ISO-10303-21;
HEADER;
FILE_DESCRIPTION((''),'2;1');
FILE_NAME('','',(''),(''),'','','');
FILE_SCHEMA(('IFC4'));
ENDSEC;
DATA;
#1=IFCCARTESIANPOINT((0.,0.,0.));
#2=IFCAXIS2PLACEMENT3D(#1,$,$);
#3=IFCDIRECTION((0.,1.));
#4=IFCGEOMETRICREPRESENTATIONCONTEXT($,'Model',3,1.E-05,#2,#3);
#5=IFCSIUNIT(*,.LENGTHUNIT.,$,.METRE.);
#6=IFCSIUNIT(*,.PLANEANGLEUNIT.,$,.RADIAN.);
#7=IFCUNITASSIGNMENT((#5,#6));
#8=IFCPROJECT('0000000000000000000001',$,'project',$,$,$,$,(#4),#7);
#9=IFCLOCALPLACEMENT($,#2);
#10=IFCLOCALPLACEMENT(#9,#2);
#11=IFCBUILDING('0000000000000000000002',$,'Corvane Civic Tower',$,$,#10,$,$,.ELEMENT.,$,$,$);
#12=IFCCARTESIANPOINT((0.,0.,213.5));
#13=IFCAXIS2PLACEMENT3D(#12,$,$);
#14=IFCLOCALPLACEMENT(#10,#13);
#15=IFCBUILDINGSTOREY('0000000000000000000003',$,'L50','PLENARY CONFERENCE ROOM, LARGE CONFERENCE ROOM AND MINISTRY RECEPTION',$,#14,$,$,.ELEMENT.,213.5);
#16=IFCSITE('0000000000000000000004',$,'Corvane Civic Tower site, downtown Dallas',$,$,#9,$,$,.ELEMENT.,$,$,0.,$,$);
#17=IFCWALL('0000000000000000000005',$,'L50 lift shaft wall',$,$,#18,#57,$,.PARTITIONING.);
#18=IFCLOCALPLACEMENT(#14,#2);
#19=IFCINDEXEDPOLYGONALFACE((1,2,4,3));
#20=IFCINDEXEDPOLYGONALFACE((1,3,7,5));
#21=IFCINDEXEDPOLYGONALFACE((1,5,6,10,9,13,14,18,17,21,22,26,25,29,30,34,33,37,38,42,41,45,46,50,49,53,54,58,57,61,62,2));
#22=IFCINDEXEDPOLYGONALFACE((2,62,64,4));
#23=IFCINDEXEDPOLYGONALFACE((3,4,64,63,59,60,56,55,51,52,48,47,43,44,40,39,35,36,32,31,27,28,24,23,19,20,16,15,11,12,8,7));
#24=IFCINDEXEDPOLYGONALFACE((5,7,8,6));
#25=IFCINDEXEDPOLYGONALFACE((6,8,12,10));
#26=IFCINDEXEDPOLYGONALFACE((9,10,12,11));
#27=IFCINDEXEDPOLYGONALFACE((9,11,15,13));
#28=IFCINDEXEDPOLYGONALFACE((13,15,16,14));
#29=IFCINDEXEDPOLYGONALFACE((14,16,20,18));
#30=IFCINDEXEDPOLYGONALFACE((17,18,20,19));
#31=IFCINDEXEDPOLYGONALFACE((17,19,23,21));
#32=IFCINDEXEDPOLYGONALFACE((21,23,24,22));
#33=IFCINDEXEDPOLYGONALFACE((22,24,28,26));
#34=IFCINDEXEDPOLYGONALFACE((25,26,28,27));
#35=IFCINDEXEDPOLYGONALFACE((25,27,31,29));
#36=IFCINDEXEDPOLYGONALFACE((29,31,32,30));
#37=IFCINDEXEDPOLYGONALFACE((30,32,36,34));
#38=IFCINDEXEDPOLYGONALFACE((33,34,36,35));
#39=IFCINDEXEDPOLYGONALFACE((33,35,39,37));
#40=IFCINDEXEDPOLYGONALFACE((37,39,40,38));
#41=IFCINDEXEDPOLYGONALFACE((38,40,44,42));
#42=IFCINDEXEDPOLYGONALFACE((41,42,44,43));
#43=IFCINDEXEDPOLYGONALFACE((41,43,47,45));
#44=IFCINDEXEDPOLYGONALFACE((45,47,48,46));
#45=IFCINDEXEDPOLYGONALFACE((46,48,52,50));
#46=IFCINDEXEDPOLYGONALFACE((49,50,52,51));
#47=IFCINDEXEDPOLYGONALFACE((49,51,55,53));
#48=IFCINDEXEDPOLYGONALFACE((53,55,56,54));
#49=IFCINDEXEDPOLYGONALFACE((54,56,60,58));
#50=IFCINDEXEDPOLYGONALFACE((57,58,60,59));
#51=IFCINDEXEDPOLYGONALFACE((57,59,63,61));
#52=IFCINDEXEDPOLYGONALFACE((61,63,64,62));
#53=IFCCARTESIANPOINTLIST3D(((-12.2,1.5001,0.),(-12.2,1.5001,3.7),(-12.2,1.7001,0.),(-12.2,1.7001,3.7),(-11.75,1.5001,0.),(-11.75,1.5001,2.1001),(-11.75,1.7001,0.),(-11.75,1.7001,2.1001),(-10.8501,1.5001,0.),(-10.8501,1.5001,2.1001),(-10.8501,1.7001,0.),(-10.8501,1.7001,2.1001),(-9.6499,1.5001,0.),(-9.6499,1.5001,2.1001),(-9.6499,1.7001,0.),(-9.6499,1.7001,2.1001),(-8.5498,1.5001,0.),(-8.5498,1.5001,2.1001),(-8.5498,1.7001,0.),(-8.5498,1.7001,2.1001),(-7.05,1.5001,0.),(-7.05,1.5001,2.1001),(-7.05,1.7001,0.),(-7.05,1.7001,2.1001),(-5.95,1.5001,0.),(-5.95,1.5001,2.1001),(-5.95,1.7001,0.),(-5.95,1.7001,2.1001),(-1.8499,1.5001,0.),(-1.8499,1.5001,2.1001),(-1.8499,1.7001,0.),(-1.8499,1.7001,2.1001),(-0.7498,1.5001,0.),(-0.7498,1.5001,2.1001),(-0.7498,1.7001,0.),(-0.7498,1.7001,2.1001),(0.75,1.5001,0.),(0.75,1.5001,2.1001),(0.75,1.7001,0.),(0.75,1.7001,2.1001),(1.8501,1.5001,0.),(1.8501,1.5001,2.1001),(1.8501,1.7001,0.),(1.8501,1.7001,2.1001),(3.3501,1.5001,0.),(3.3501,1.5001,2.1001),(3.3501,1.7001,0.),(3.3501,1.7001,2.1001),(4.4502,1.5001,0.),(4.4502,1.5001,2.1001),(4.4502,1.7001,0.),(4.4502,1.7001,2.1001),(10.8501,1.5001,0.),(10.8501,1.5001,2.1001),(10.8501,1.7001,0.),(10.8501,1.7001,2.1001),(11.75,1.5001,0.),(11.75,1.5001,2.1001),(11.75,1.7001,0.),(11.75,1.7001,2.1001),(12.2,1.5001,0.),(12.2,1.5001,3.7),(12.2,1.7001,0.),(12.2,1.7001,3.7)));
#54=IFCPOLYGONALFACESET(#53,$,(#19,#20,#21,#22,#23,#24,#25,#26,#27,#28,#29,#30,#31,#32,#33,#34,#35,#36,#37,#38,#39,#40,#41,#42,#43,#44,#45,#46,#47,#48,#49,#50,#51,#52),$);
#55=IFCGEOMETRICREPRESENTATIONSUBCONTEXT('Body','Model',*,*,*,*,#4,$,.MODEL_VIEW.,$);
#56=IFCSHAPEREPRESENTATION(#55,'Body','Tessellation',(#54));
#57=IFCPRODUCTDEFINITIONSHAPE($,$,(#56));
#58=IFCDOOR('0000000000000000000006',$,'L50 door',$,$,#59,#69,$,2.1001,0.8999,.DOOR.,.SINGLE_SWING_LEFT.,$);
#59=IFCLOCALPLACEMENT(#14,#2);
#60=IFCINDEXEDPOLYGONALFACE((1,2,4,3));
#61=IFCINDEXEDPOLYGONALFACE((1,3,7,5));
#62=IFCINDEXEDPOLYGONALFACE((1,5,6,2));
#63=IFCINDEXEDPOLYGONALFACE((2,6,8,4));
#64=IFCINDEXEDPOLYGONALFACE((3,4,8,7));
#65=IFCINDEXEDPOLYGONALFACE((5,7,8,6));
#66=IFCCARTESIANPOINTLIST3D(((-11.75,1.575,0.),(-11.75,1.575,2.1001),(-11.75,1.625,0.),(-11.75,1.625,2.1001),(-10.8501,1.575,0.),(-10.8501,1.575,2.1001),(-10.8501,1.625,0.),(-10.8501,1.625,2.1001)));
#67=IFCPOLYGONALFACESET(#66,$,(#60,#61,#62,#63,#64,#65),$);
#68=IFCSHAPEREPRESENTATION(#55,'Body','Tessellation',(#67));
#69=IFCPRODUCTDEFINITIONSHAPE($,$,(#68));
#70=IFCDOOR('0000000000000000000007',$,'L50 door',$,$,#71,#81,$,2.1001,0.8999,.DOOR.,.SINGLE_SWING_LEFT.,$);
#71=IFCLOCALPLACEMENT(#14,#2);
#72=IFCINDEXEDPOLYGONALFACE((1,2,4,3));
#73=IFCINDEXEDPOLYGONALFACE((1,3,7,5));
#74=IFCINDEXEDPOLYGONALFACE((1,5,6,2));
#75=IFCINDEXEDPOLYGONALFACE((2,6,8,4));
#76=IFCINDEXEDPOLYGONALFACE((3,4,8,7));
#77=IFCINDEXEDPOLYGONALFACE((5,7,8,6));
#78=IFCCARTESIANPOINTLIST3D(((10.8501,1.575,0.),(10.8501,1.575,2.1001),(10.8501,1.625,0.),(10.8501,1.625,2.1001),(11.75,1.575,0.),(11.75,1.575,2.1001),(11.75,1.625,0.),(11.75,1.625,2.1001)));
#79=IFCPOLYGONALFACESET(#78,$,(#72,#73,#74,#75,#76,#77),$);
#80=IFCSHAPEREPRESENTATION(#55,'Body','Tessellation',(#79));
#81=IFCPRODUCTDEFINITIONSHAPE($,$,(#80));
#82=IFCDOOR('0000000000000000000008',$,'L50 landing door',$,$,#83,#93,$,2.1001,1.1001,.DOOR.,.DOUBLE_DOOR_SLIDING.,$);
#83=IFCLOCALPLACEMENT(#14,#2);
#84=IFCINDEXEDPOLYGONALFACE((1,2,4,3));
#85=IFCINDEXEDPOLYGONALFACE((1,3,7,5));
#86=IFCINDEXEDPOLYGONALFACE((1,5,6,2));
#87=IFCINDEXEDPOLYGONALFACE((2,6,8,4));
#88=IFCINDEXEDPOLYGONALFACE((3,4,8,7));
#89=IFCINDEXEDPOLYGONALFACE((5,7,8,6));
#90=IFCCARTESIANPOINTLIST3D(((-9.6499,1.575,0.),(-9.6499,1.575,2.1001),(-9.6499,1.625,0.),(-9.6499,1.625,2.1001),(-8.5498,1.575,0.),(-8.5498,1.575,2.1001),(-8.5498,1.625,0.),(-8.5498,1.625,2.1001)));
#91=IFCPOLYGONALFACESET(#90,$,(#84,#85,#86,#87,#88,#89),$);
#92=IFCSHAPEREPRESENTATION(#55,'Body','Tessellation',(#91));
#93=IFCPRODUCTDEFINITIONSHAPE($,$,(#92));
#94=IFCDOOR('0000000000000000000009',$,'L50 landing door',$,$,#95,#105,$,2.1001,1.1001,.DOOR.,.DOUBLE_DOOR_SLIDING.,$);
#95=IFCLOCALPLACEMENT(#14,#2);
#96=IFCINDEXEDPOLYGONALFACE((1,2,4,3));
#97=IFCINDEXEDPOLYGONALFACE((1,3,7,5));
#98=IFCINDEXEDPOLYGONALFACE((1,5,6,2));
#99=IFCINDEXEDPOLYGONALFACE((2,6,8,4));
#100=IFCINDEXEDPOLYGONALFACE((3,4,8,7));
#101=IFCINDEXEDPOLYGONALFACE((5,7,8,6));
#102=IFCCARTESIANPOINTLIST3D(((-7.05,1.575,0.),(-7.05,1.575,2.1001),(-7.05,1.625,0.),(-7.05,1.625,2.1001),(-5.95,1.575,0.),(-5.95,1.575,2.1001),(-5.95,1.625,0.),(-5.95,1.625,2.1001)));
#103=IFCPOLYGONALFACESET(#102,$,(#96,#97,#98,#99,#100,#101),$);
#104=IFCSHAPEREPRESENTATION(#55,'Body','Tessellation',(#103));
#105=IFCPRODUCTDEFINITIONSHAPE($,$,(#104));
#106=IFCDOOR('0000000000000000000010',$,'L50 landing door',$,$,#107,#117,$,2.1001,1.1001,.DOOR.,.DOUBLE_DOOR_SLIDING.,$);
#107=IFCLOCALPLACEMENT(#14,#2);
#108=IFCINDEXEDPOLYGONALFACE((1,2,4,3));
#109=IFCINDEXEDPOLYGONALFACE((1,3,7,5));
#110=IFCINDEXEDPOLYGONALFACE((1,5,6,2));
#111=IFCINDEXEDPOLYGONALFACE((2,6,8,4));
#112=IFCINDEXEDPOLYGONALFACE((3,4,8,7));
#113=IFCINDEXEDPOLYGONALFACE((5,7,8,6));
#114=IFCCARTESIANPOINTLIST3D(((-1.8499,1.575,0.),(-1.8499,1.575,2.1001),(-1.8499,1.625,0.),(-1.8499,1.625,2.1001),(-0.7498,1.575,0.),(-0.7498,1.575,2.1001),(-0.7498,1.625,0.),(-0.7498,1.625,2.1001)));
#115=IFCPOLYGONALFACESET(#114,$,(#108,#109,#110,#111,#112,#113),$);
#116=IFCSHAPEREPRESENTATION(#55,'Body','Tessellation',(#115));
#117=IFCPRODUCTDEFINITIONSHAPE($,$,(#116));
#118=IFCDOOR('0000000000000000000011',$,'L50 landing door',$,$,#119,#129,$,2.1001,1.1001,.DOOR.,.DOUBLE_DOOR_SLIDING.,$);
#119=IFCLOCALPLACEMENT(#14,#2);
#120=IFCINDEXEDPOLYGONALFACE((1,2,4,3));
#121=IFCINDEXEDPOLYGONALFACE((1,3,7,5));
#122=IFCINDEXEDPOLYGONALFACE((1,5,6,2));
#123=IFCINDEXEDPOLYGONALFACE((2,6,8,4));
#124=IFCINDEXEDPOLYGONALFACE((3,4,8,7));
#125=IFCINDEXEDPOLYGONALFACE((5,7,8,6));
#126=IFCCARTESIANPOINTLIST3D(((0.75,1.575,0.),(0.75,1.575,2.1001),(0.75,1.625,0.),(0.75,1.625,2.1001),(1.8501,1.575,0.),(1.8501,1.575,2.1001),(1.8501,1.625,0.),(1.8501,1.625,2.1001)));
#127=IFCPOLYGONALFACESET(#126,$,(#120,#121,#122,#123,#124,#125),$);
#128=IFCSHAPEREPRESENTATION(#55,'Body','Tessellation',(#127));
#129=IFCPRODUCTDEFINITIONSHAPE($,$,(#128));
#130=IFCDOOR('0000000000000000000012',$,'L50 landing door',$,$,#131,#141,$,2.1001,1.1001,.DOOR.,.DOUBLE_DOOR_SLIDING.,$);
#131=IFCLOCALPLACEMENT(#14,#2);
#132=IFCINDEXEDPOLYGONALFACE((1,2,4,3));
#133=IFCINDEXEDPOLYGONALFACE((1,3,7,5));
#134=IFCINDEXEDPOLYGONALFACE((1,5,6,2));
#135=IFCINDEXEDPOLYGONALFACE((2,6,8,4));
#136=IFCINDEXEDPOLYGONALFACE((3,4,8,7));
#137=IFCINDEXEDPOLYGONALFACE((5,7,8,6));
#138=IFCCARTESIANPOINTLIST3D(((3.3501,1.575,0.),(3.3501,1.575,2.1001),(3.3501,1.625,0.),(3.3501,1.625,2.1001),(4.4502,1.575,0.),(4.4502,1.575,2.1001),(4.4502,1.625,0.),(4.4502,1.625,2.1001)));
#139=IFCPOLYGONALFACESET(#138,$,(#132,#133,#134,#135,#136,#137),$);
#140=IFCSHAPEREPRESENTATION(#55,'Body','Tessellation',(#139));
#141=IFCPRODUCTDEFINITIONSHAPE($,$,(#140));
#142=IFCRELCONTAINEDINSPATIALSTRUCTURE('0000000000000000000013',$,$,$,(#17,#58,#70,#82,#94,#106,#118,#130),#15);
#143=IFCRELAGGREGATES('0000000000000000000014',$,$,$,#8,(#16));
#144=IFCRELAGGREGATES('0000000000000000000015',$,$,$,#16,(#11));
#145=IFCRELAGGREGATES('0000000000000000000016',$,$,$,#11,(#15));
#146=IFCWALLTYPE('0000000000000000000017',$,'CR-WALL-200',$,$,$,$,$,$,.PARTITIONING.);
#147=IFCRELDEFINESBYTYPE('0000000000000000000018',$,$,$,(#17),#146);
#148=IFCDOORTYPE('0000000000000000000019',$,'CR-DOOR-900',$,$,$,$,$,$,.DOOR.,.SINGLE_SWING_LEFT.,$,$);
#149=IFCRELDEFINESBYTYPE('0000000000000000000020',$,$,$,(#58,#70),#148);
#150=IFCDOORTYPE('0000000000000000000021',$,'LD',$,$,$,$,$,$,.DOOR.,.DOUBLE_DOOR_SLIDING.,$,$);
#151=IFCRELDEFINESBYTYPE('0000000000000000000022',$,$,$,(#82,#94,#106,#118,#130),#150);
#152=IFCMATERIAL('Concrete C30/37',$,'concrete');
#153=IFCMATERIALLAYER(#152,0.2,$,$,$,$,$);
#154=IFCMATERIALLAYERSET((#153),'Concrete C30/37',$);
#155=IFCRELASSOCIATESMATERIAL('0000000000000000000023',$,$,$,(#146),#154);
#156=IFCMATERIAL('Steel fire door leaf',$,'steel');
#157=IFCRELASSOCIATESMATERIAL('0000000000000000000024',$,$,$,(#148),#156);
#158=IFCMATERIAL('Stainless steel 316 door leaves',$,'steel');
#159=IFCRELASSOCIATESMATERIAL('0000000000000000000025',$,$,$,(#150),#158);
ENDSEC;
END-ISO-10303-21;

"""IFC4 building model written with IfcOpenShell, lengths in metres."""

from ifc_helpers import new_model, si_unit, direction, frame, frame_2d, origin, place, context, subcontext, project, spatial, rectangle, extrude, material, layer, layer_set, type_object, element, fill, save


model = new_model("IFC4")

# Units and contexts
model_context = context("Model", 3, precision=1e-05, world=origin(), true_north=direction((0.0, 1.0)))
body_context = subcontext(model_context, "Body", "Model", "MODEL_VIEW")
ifc_project = project(units=[si_unit("LENGTHUNIT", "METRE"), si_unit("PLANEANGLEUNIT", "RADIAN")], contexts=[model_context])

# Site, building, storey
site_placement = place(None, origin())
site = spatial("IfcSite", under=ifc_project, at=site_placement, Name="Corvane Civic Tower site, downtown Dallas", CompositionType="ELEMENT", RefElevation=0.0)
building_placement = place(site_placement, origin())
building = spatial("IfcBuilding", under=site, at=building_placement, Name="Corvane Civic Tower", CompositionType="ELEMENT")
storey_placement = place(building_placement, frame((0.0, 0.0, 213.5)))
storey = spatial("IfcBuildingStorey", under=building, at=storey_placement, Name="L50", Description="PLENARY CONFERENCE ROOM, LARGE CONFERENCE ROOM AND MINISTRY RECEPTION", CompositionType="ELEMENT", Elevation=213.5)

# Wall, openings, doors
ifc_material_1 = material(Name="Concrete C30/37", Category="concrete")
ifc_layer_1 = layer(ifc_material_1, 0.2)
ifc_layer_set_1 = layer_set([ifc_layer_1], Name="Concrete C30/37")
wall_type_1 = type_object("IfcWallType", Name="CR-WALL-200", PredefinedType="PARTITIONING", material=ifc_layer_set_1)
wall_1_placement = place(storey_placement, frame((-12.2, 1.6001, 0.0), z_axis=(0.0, 0.0, 1.0), x_axis=(1.0, 0.0, 0.0)))
wall_1 = element("IfcWall", 1, at=wall_1_placement, inside=storey, type_object=wall_type_1, Name="L50 lift shaft wall", PredefinedType="PARTITIONING", context=body_context, shape_type="SweptSolid", body=[
    extrude(rectangle(XDim=24.3999, YDim=0.2, at=frame_2d((12.2, 0.0))), origin(), (0.0, 0.0, 1.0), 3.7),
])
opening_1_placement = place(wall_1_placement, frame((2.55, 0.0, 0.0)))
opening_1 = element("IfcOpeningElement", 2, at=opening_1_placement, cuts=wall_1, PredefinedType="OPENING", context=body_context, shape_type="SweptSolid", body=[
    extrude(rectangle(XDim=1.1001, YDim=2.1001, at=frame_2d((0.55, 1.05))), frame((0.0, 0.1099, 0.0), z_axis=(0.0, -1.0, 0.0), x_axis=(1.0, 0.0, 0.0)), (0.0, 0.0, 1.0), 0.22),
])
opening_2_placement = place(wall_1_placement, frame((5.1499, 0.0, 0.0)))
opening_2 = element("IfcOpeningElement", 3, at=opening_2_placement, cuts=wall_1, PredefinedType="OPENING", context=body_context, shape_type="SweptSolid", body=[
    extrude(rectangle(XDim=1.1001, YDim=2.1001, at=frame_2d((0.55, 1.05))), frame((0.0, 0.1099, 0.0), z_axis=(0.0, -1.0, 0.0), x_axis=(1.0, 0.0, 0.0)), (0.0, 0.0, 1.0), 0.22),
])
opening_3_placement = place(wall_1_placement, frame((10.3501, 0.0, 0.0)))
opening_3 = element("IfcOpeningElement", 4, at=opening_3_placement, cuts=wall_1, PredefinedType="OPENING", context=body_context, shape_type="SweptSolid", body=[
    extrude(rectangle(XDim=1.1001, YDim=2.1001, at=frame_2d((0.55, 1.05))), frame((0.0, 0.1099, 0.0), z_axis=(0.0, -1.0, 0.0), x_axis=(1.0, 0.0, 0.0)), (0.0, 0.0, 1.0), 0.22),
])
opening_4_placement = place(wall_1_placement, frame((12.95, 0.0, 0.0)))
opening_4 = element("IfcOpeningElement", 5, at=opening_4_placement, cuts=wall_1, PredefinedType="OPENING", context=body_context, shape_type="SweptSolid", body=[
    extrude(rectangle(XDim=1.1001, YDim=2.1001, at=frame_2d((0.55, 1.05))), frame((0.0, 0.1099, 0.0), z_axis=(0.0, -1.0, 0.0), x_axis=(1.0, 0.0, 0.0)), (0.0, 0.0, 1.0), 0.22),
])
opening_5_placement = place(wall_1_placement, frame((15.55, 0.0, 0.0)))
opening_5 = element("IfcOpeningElement", 6, at=opening_5_placement, cuts=wall_1, PredefinedType="OPENING", context=body_context, shape_type="SweptSolid", body=[
    extrude(rectangle(XDim=1.1001, YDim=2.1001, at=frame_2d((0.55, 1.05))), frame((0.0, 0.1099, 0.0), z_axis=(0.0, -1.0, 0.0), x_axis=(1.0, 0.0, 0.0)), (0.0, 0.0, 1.0), 0.22),
])
opening_6_placement = place(wall_1_placement, frame((0.45, 0.0, 0.0)))
opening_6 = element("IfcOpeningElement", 7, at=opening_6_placement, cuts=wall_1, PredefinedType="OPENING", context=body_context, shape_type="SweptSolid", body=[
    extrude(rectangle(XDim=0.8999, YDim=2.1001, at=frame_2d((0.45, 1.05))), frame((0.0, 0.1099, 0.0), z_axis=(0.0, -1.0, 0.0), x_axis=(1.0, 0.0, 0.0)), (0.0, 0.0, 1.0), 0.22),
])
opening_7_placement = place(wall_1_placement, frame((23.05, 0.0, 0.0)))
opening_7 = element("IfcOpeningElement", 8, at=opening_7_placement, cuts=wall_1, PredefinedType="OPENING", context=body_context, shape_type="SweptSolid", body=[
    extrude(rectangle(XDim=0.8999, YDim=2.1001, at=frame_2d((0.45, 1.05))), frame((0.0, 0.1099, 0.0), z_axis=(0.0, -1.0, 0.0), x_axis=(1.0, 0.0, 0.0)), (0.0, 0.0, 1.0), 0.22),
])
ifc_material_2 = material(Name="Steel fire door leaf", Category="steel")
door_type_1 = type_object("IfcDoorType", Name="CR-DOOR-900", OperationType="SINGLE_SWING_LEFT", PredefinedType="DOOR", material=ifc_material_2)
door_1_placement = place(opening_6_placement, origin())
door_1 = element("IfcDoor", 9, at=door_1_placement, inside=storey, type_object=door_type_1, Name="L50 door", OperationType="SINGLE_SWING_LEFT", OverallHeight=2.1001, OverallWidth=0.8999, PredefinedType="DOOR", context=body_context, shape_type="SweptSolid", body=[
    extrude(rectangle(XDim=0.8999, YDim=2.1001, at=frame_2d((0.45, 1.05))), frame((0.0, 0.0249, 0.0), z_axis=(0.0, -1.0, 0.0), x_axis=(1.0, 0.0, 0.0)), (0.0, 0.0, 1.0), 0.05),
])
fill(opening_6, door_1)
door_2_placement = place(opening_7_placement, origin())
door_2 = element("IfcDoor", 10, at=door_2_placement, inside=storey, type_object=door_type_1, Name="L50 door", OperationType="SINGLE_SWING_LEFT", OverallHeight=2.1001, OverallWidth=0.8999, PredefinedType="DOOR", context=body_context, shape_type="SweptSolid", body=[
    extrude(rectangle(XDim=0.8999, YDim=2.1001, at=frame_2d((0.45, 1.05))), frame((0.0, 0.0249, 0.0), z_axis=(0.0, -1.0, 0.0), x_axis=(1.0, 0.0, 0.0)), (0.0, 0.0, 1.0), 0.05),
])
fill(opening_7, door_2)
ifc_material_3 = material(Name="Stainless steel 316 door leaves", Category="steel")
door_type_2 = type_object("IfcDoorType", Name="LD", OperationType="DOUBLE_DOOR_SLIDING", PredefinedType="DOOR", material=ifc_material_3)
door_3_placement = place(opening_1_placement, origin())
door_3 = element("IfcDoor", 11, at=door_3_placement, inside=storey, type_object=door_type_2, Name="L50 landing door", OperationType="DOUBLE_DOOR_SLIDING", OverallHeight=2.1001, OverallWidth=1.1001, PredefinedType="DOOR", context=body_context, shape_type="SweptSolid", body=[
    extrude(rectangle(XDim=1.1001, YDim=2.1001, at=frame_2d((0.55, 1.05))), frame((0.0, 0.0249, 0.0), z_axis=(0.0, -1.0, 0.0), x_axis=(1.0, 0.0, 0.0)), (0.0, 0.0, 1.0), 0.05),
])
fill(opening_1, door_3)
door_4_placement = place(opening_2_placement, origin())
door_4 = element("IfcDoor", 12, at=door_4_placement, inside=storey, type_object=door_type_2, Name="L50 landing door", OperationType="DOUBLE_DOOR_SLIDING", OverallHeight=2.1001, OverallWidth=1.1001, PredefinedType="DOOR", context=body_context, shape_type="SweptSolid", body=[
    extrude(rectangle(XDim=1.1001, YDim=2.1001, at=frame_2d((0.55, 1.05))), frame((0.0, 0.0249, 0.0), z_axis=(0.0, -1.0, 0.0), x_axis=(1.0, 0.0, 0.0)), (0.0, 0.0, 1.0), 0.05),
])
fill(opening_2, door_4)
door_5_placement = place(opening_3_placement, origin())
door_5 = element("IfcDoor", 13, at=door_5_placement, inside=storey, type_object=door_type_2, Name="L50 landing door", OperationType="DOUBLE_DOOR_SLIDING", OverallHeight=2.1001, OverallWidth=1.1001, PredefinedType="DOOR", context=body_context, shape_type="SweptSolid", body=[
    extrude(rectangle(XDim=1.1001, YDim=2.1001, at=frame_2d((0.55, 1.05))), frame((0.0, 0.0249, 0.0), z_axis=(0.0, -1.0, 0.0), x_axis=(1.0, 0.0, 0.0)), (0.0, 0.0, 1.0), 0.05),
])
fill(opening_3, door_5)
door_6_placement = place(opening_4_placement, origin())
door_6 = element("IfcDoor", 14, at=door_6_placement, inside=storey, type_object=door_type_2, Name="L50 landing door", OperationType="DOUBLE_DOOR_SLIDING", OverallHeight=2.1001, OverallWidth=1.1001, PredefinedType="DOOR", context=body_context, shape_type="SweptSolid", body=[
    extrude(rectangle(XDim=1.1001, YDim=2.1001, at=frame_2d((0.55, 1.05))), frame((0.0, 0.0249, 0.0), z_axis=(0.0, -1.0, 0.0), x_axis=(1.0, 0.0, 0.0)), (0.0, 0.0, 1.0), 0.05),
])
fill(opening_4, door_6)
door_7_placement = place(opening_5_placement, origin())
door_7 = element("IfcDoor", 15, at=door_7_placement, inside=storey, type_object=door_type_2, Name="L50 landing door", OperationType="DOUBLE_DOOR_SLIDING", OverallHeight=2.1001, OverallWidth=1.1001, PredefinedType="DOOR", context=body_context, shape_type="SweptSolid", body=[
    extrude(rectangle(XDim=1.1001, YDim=2.1001, at=frame_2d((0.55, 1.05))), frame((0.0, 0.0249, 0.0), z_axis=(0.0, -1.0, 0.0), x_axis=(1.0, 0.0, 0.0)), (0.0, 0.0, 1.0), 0.05),
])
fill(opening_5, door_7)

save(model, "model.ifc")
